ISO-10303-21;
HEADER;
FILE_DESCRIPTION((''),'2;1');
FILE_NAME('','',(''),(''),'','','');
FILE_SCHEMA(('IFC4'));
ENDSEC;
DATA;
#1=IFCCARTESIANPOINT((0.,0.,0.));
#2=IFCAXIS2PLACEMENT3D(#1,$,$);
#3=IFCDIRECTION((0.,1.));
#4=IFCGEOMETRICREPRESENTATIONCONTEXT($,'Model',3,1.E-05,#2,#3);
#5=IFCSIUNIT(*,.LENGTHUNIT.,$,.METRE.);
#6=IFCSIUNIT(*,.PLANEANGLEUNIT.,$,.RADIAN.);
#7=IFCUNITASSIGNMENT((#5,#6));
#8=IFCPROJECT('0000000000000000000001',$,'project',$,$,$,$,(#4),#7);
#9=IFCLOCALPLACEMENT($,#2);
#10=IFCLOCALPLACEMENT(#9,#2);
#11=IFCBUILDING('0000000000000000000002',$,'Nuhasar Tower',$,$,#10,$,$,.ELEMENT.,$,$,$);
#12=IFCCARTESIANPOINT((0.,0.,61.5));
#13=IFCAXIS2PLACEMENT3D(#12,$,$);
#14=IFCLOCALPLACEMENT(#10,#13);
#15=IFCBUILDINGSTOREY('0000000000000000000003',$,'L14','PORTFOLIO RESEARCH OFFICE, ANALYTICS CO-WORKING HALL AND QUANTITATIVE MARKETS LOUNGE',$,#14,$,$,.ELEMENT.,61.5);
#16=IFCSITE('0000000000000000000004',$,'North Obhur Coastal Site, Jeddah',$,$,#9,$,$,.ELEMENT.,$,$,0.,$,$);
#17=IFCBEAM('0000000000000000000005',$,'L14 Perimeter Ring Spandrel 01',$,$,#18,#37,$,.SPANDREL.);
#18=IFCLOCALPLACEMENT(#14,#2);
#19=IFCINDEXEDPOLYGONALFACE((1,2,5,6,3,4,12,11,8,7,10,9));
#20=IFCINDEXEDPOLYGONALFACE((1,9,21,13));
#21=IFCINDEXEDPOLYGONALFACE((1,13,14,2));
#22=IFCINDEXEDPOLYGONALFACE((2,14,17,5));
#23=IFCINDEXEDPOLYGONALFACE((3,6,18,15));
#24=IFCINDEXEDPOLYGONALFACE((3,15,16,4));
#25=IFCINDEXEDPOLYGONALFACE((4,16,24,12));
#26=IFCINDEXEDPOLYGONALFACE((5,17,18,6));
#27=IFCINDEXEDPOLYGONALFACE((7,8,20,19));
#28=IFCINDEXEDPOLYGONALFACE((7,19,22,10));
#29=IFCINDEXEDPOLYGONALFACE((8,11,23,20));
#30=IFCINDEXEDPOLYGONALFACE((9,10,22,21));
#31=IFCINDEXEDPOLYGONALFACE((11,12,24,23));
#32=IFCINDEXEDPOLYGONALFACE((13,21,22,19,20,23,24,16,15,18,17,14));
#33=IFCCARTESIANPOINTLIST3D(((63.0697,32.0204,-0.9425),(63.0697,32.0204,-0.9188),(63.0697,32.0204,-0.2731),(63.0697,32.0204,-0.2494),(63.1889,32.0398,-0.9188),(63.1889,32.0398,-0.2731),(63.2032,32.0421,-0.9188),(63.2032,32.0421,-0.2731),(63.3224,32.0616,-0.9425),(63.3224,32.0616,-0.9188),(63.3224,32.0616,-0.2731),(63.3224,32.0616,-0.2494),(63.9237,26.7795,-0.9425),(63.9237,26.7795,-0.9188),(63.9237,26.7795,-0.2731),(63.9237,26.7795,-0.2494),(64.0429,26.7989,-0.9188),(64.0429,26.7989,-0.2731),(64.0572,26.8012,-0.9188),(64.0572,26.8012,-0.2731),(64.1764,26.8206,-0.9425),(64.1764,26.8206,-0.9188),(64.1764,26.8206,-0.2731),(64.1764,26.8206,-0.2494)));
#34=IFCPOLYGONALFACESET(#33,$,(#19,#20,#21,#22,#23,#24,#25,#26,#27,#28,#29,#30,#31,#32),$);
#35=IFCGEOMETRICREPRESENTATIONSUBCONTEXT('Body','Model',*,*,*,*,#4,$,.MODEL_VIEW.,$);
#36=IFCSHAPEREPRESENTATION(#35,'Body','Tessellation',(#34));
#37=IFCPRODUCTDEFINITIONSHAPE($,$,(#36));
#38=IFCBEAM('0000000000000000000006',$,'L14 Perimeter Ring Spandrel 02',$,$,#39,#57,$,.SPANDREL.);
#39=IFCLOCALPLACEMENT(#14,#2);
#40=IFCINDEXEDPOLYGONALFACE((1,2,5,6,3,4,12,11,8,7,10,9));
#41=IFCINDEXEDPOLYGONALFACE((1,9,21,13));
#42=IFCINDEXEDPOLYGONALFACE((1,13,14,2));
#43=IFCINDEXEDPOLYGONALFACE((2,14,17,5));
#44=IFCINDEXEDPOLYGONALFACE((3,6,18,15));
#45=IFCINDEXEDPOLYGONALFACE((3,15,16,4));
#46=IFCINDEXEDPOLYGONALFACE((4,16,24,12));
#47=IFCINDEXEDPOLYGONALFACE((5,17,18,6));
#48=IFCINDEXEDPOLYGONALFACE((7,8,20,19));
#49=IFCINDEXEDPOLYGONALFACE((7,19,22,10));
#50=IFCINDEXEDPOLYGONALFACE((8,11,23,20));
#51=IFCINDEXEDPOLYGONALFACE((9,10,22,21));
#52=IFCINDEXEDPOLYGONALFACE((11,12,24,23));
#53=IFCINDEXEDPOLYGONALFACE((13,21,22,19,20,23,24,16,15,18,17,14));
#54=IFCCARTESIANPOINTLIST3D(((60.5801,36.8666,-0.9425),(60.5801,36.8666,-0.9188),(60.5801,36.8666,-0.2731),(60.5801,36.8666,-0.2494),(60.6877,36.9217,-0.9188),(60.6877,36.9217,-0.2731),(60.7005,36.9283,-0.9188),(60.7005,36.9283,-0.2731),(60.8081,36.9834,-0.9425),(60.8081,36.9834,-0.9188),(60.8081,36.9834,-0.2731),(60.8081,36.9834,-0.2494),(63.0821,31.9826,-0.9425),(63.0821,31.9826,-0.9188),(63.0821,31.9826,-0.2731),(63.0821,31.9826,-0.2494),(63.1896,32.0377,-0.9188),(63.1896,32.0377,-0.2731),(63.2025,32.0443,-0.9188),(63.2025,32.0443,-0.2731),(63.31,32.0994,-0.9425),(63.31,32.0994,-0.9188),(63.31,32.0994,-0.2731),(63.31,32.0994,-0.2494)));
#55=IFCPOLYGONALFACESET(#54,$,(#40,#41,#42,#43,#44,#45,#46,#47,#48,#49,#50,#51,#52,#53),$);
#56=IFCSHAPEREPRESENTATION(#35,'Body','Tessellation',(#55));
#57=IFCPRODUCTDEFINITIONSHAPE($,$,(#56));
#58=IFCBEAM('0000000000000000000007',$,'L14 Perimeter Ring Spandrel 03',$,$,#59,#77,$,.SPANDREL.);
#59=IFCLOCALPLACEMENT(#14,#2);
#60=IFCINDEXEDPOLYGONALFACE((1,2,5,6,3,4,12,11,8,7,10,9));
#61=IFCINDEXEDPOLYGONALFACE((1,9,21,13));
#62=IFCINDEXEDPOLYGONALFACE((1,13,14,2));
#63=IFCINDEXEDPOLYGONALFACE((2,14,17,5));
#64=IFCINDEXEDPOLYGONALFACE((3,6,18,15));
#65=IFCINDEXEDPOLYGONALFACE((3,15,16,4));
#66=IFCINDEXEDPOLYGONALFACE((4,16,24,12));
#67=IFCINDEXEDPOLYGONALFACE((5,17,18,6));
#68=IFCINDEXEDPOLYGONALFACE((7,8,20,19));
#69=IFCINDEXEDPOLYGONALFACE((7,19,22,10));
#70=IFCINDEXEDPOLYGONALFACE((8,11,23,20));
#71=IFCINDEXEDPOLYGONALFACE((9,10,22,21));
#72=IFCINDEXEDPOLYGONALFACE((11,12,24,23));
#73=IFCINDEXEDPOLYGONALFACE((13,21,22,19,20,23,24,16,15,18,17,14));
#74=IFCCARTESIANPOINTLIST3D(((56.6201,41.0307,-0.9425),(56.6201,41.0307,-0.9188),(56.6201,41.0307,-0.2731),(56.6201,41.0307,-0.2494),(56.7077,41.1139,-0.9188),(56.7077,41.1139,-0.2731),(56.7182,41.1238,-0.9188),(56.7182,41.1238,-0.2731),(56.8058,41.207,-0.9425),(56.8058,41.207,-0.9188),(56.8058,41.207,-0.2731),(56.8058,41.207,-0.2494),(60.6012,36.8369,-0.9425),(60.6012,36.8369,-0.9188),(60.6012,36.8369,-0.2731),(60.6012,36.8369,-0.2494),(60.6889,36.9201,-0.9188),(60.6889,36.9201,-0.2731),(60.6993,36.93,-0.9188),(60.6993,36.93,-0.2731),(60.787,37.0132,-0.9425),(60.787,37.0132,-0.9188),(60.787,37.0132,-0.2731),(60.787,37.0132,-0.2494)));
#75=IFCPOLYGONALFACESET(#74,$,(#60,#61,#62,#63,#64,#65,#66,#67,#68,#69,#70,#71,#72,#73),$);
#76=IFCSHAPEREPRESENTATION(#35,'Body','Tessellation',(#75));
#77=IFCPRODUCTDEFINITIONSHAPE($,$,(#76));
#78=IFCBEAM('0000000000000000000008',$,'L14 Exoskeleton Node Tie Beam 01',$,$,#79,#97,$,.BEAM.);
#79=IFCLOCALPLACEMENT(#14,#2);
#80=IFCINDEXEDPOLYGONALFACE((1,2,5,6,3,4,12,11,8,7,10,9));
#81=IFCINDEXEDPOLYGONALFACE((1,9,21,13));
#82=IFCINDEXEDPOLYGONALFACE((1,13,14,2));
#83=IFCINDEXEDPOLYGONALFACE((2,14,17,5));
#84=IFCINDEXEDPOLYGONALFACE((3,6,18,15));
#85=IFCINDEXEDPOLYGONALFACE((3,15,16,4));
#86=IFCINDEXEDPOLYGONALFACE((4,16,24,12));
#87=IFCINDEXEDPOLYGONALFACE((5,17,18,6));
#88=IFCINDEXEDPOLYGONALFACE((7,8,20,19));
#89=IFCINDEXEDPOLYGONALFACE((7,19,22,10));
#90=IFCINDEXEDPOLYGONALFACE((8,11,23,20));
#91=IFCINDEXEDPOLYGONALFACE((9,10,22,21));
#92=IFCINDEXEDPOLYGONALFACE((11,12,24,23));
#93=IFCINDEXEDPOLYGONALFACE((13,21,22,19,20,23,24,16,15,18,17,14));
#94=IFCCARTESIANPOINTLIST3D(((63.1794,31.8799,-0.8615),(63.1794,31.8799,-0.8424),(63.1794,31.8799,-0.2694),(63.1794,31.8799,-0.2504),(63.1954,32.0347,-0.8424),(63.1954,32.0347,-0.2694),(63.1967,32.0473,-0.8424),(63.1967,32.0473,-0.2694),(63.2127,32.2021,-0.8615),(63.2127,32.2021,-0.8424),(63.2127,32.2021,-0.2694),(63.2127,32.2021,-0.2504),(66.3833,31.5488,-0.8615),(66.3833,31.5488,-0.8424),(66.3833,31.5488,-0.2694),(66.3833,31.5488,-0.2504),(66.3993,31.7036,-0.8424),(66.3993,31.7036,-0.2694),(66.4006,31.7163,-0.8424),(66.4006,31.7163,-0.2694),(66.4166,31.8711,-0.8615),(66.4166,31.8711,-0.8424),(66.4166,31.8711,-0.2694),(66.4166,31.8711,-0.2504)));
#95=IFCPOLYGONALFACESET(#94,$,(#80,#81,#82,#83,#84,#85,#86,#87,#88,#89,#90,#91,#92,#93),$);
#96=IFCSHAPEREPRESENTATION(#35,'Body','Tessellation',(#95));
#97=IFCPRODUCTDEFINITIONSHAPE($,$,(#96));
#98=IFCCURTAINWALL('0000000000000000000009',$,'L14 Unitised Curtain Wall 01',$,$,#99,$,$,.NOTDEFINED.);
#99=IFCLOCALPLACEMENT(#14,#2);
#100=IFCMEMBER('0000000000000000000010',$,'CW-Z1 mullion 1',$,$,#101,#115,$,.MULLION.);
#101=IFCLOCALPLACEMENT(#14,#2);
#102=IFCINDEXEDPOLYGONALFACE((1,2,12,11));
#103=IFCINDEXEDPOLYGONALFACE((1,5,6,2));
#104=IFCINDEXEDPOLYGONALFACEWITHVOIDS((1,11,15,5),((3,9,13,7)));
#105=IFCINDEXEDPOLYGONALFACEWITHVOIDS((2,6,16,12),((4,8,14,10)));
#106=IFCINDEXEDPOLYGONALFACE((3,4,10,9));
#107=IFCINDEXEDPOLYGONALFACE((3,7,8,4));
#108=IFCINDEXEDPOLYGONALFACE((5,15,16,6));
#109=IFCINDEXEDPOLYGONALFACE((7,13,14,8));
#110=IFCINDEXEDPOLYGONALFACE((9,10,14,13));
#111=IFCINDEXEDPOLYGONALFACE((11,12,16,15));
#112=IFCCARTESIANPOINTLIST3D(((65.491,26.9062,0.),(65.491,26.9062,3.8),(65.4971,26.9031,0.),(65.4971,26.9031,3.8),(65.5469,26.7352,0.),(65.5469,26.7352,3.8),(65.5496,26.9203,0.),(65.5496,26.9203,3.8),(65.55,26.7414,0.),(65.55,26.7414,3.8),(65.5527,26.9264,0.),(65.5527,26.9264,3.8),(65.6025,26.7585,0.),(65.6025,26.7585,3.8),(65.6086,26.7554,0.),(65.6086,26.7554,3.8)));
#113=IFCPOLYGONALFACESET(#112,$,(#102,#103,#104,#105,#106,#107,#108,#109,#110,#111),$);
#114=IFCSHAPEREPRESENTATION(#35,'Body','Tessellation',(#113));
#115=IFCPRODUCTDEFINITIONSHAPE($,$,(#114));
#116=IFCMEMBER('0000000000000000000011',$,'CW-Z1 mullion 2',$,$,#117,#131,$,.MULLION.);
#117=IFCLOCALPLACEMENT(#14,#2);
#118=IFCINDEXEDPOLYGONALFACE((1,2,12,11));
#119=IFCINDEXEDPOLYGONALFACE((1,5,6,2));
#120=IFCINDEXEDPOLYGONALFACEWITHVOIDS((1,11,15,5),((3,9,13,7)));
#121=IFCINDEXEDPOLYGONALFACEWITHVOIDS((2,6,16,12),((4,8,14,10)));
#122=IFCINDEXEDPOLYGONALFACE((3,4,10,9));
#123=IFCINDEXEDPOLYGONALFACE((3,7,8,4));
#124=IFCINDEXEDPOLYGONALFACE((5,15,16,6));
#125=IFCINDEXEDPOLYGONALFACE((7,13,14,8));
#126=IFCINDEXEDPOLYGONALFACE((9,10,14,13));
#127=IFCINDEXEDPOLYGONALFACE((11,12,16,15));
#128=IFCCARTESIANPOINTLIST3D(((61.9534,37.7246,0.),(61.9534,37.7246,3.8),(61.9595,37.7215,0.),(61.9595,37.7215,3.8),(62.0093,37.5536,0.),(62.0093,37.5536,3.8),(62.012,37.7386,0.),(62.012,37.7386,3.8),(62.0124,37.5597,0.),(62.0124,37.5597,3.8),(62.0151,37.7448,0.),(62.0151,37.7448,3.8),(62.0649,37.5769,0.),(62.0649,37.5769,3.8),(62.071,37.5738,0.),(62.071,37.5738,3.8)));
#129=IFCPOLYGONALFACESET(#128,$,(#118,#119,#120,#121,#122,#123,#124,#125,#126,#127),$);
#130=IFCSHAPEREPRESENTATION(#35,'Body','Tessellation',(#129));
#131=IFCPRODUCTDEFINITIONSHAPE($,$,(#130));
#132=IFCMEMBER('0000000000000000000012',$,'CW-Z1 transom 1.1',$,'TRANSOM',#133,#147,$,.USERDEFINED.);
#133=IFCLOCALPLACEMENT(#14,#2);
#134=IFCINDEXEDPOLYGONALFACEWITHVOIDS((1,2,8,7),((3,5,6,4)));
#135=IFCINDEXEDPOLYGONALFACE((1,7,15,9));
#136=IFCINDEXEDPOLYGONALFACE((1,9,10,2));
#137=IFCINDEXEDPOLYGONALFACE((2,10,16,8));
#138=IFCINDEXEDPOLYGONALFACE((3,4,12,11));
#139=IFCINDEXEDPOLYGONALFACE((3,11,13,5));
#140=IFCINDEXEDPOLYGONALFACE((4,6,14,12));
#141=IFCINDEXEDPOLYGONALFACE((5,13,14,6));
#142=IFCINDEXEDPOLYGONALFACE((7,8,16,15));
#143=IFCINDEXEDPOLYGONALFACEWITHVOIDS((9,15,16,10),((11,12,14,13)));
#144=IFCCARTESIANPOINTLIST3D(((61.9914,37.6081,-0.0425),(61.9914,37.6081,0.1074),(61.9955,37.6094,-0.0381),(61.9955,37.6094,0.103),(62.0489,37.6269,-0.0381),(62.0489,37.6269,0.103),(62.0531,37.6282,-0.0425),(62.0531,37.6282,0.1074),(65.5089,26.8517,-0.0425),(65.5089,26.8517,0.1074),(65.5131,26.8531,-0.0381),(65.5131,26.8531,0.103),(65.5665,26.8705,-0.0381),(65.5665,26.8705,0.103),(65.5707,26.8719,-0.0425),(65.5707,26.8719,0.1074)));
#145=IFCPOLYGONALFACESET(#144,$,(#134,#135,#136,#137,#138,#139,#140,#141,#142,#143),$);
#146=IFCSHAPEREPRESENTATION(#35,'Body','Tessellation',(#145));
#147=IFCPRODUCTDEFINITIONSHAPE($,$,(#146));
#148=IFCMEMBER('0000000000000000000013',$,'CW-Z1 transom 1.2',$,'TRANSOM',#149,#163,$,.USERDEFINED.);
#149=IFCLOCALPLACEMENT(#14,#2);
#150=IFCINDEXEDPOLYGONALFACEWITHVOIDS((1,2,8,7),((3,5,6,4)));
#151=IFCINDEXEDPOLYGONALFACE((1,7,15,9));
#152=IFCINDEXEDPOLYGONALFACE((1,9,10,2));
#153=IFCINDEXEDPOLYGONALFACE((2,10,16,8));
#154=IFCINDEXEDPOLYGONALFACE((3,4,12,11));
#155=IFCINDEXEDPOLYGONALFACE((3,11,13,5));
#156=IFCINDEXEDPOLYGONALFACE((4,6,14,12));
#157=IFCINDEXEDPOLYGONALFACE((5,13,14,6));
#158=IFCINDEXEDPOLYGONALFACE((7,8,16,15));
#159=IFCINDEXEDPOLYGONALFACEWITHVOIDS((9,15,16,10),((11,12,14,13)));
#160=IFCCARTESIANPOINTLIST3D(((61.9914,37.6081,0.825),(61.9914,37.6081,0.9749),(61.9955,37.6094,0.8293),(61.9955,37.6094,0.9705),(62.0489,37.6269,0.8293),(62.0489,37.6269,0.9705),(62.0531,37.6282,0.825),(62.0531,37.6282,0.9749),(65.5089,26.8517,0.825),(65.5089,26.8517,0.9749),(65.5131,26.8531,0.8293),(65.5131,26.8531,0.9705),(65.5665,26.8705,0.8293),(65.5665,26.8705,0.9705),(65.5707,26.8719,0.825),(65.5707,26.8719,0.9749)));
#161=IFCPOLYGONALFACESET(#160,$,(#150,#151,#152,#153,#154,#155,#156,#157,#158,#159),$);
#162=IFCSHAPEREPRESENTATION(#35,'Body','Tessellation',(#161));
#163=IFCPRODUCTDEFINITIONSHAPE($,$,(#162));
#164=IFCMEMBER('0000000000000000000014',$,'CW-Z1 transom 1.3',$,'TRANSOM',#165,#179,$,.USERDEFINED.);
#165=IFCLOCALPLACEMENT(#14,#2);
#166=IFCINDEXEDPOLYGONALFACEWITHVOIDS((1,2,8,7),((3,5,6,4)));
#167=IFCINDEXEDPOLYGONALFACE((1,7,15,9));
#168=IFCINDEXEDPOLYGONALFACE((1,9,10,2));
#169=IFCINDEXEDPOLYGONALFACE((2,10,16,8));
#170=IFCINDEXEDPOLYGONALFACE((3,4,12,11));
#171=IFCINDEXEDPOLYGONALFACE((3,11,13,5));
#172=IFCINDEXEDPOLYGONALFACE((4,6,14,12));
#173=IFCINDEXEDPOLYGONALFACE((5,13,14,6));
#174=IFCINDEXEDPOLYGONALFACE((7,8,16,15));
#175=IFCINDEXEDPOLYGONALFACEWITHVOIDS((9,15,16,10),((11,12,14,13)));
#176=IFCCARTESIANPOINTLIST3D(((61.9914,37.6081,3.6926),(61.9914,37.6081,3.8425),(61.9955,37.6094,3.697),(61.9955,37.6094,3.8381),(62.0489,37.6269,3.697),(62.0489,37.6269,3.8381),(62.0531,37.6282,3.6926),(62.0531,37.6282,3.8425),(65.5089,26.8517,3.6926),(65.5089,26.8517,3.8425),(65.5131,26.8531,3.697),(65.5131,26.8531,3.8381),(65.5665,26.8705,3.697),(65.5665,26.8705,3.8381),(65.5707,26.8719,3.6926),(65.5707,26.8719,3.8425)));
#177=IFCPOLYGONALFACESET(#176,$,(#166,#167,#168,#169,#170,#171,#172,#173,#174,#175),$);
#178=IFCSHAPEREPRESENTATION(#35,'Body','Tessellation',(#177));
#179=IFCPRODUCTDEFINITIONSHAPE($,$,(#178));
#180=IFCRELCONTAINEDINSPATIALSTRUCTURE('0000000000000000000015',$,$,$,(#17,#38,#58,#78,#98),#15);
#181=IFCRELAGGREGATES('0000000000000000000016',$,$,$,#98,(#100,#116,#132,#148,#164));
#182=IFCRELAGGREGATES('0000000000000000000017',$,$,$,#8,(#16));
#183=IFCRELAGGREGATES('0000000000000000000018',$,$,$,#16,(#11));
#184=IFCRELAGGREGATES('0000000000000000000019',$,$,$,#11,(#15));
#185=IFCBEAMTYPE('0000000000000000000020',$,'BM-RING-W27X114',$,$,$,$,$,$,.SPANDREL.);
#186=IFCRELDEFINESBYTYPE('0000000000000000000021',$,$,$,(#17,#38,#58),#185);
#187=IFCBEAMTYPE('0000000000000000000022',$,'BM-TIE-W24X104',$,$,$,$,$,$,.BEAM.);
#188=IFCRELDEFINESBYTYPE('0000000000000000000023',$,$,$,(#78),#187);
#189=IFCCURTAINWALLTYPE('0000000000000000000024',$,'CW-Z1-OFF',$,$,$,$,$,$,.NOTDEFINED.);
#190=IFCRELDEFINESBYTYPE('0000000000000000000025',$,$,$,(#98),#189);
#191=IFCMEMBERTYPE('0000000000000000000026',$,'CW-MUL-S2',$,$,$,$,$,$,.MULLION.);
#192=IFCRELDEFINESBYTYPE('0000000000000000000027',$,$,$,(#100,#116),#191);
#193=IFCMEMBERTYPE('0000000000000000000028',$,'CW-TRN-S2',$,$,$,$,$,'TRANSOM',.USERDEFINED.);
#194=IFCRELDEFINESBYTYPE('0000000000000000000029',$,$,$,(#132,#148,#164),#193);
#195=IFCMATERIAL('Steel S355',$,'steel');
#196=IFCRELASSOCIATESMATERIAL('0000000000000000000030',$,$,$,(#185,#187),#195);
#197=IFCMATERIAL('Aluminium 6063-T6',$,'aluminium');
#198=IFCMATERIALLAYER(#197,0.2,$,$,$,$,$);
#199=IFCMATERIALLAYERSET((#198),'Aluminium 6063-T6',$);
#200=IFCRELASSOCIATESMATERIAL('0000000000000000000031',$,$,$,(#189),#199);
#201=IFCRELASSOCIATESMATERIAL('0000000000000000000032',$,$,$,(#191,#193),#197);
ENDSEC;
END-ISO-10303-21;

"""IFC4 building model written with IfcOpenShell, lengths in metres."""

from ifc_helpers import new_model, si_unit, direction, frame, origin, origin_2d, place, context, subcontext, project, spatial, hollow_rectangle, i_section, extrude, material, layer, layer_set, material_profile, profile_set, type_object, element, aggregate, save


model = new_model("IFC4")

# Units and contexts
model_context = context("Model", 3, precision=1e-05, world=origin(), true_north=direction((0.0, 1.0)))
body_context = subcontext(model_context, "Body", "Model", "MODEL_VIEW")
ifc_project = project(units=[si_unit("LENGTHUNIT", "METRE"), si_unit("PLANEANGLEUNIT", "RADIAN")], contexts=[model_context])

# Site, building, storey
site_placement = place(None, origin())
site = spatial("IfcSite", under=ifc_project, at=site_placement, Name="North Obhur Coastal Site, Jeddah", CompositionType="ELEMENT", RefElevation=0.0)
building_placement = place(site_placement, origin())
building = spatial("IfcBuilding", under=site, at=building_placement, Name="Nuhasar Tower", CompositionType="ELEMENT")
storey_placement = place(building_placement, frame((0.0, 0.0, 61.5)))
storey = spatial("IfcBuildingStorey", under=building, at=storey_placement, Name="L14", Description="PORTFOLIO RESEARCH OFFICE, ANALYTICS CO-WORKING HALL AND QUANTITATIVE MARKETS LOUNGE", CompositionType="ELEMENT", Elevation=61.5)

# Beams
ifc_material_1 = material(Name="Steel S355", Category="steel")
ifc_material_profile_1 = material_profile(ifc_material_1, i_section(OverallWidth=0.2561, OverallDepth=0.6931, WebThickness=0.0144, FlangeThickness=0.0237, at=origin_2d()), Name="W27X114")
ifc_profile_set_1 = profile_set([ifc_material_profile_1], Name="Steel S355")
beam_type_1 = type_object("IfcBeamType", Name="BM-RING-W27X114", PredefinedType="SPANDREL", material=ifc_profile_set_1)
beam_1_placement = place(storey_placement, frame((64.05, 26.8, -0.5959), z_axis=(-0.160827, 0.986983, 0.0), x_axis=(-0.986983, -0.160827, 0.0)))
element("IfcBeam", 1, at=beam_1_placement, inside=storey, type_object=beam_type_1, Name="L14 Perimeter Ring Spandrel 01", PredefinedType="SPANDREL", context=body_context, shape_type="SweptSolid", body=[
    extrude(i_section(OverallWidth=0.2561, OverallDepth=0.6931, WebThickness=0.0144, FlangeThickness=0.0237, at=origin_2d()), origin(), (0.0, 0.0, 1.0), 5.3101),
])
beam_2_placement = place(storey_placement, frame((63.196, 32.041, -0.5959), z_axis=(-0.45593, 0.890016, 0.0), x_axis=(-0.890016, -0.45593, 0.0)))
element("IfcBeam", 2, at=beam_2_placement, inside=storey, type_object=beam_type_1, Name="L14 Perimeter Ring Spandrel 02", PredefinedType="SPANDREL", context=body_context, shape_type="SweptSolid", body=[
    extrude(i_section(OverallWidth=0.2561, OverallDepth=0.6931, WebThickness=0.0144, FlangeThickness=0.0237, at=origin_2d()), origin(), (0.0, 0.0, 1.0), 5.4875),
])
beam_3_placement = place(storey_placement, frame((60.6941, 36.925, -0.5959), z_axis=(-0.688481, 0.725254, 0.0), x_axis=(-0.725254, -0.688481, 0.0)))
element("IfcBeam", 3, at=beam_3_placement, inside=storey, type_object=beam_type_1, Name="L14 Perimeter Ring Spandrel 03", PredefinedType="SPANDREL", context=body_context, shape_type="SweptSolid", body=[
    extrude(i_section(OverallWidth=0.2561, OverallDepth=0.6931, WebThickness=0.0144, FlangeThickness=0.0237, at=origin_2d()), origin(), (0.0, 0.0, 1.0), 5.7825),
])
ifc_material_profile_2 = material_profile(ifc_material_1, i_section(OverallWidth=0.324, OverallDepth=0.6111, WebThickness=0.0127, FlangeThickness=0.019, at=origin_2d()), Name="W24X104")
ifc_profile_set_2 = profile_set([ifc_material_profile_2], Name="Steel S355")
beam_type_2 = type_object("IfcBeamType", Name="BM-TIE-W24X104", PredefinedType="BEAM", material=ifc_profile_set_2)
beam_4_placement = place(storey_placement, frame((63.196, 32.041, -0.5559), z_axis=(0.994704, -0.102783, 0.0), x_axis=(0.102783, 0.994704, 0.0)))
element("IfcBeam", 4, at=beam_4_placement, inside=storey, type_object=beam_type_2, Name="L14 Exoskeleton Node Tie Beam 01", PredefinedType="BEAM", context=body_context, shape_type="SweptSolid", body=[
    extrude(i_section(OverallWidth=0.324, OverallDepth=0.6111, WebThickness=0.0127, FlangeThickness=0.019, at=origin_2d()), origin(), (0.0, 0.0, 1.0), 3.2209),
])

# Curtain wall, members
ifc_material_2 = material(Name="Aluminium 6063-T6", Category="aluminium")
ifc_layer_1 = layer(ifc_material_2, 0.2)
ifc_layer_set_1 = layer_set([ifc_layer_1], Name="Aluminium 6063-T6")
curtain_wall_type = type_object("IfcCurtainWallType", Name="CW-Z1-OFF", PredefinedType="NOTDEFINED", material=ifc_layer_set_1)
curtain_wall_placement = place(storey_placement, origin())
curtain_wall = element("IfcCurtainWall", 5, at=curtain_wall_placement, inside=storey, type_object=curtain_wall_type, Name="L14 Unitised Curtain Wall 01", PredefinedType="NOTDEFINED")
ifc_material_profile_3 = material_profile(ifc_material_2, hollow_rectangle(XDim=0.0649, YDim=0.1799, WallThickness=0.0049, at=origin_2d()), Name="CWM-2")
ifc_profile_set_3 = profile_set([ifc_material_profile_3], Name="Aluminium 6063-T6")
member_type_1 = type_object("IfcMemberType", Name="CW-MUL-S2", PredefinedType="MULLION", material=ifc_profile_set_3)
member_1_placement = place(storey_placement, frame((65.5498, 26.8308, 0.0), z_axis=(0.0, 0.0, 1.0), x_axis=(-0.950468, -0.310824, 0.0)))
member_1 = element("IfcMember", 6, at=member_1_placement, type_object=member_type_1, Name="CW-Z1 mullion 1", PredefinedType="MULLION", context=body_context, shape_type="SweptSolid", body=[
    extrude(hollow_rectangle(XDim=0.0649, YDim=0.1799, WallThickness=0.0049, at=origin_2d()), origin(), (0.0, 0.0, 1.0), 3.8),
])
member_2_placement = place(storey_placement, frame((62.0122, 37.6492, 0.0), z_axis=(0.0, 0.0, 1.0), x_axis=(-0.950468, -0.310824, 0.0)))
member_2 = element("IfcMember", 7, at=member_2_placement, type_object=member_type_1, Name="CW-Z1 mullion 2", PredefinedType="MULLION", context=body_context, shape_type="SweptSolid", body=[
    extrude(hollow_rectangle(XDim=0.0649, YDim=0.1799, WallThickness=0.0049, at=origin_2d()), origin(), (0.0, 0.0, 1.0), 3.8),
])
ifc_material_profile_4 = material_profile(ifc_material_2, hollow_rectangle(XDim=0.0649, YDim=0.1499, WallThickness=0.0044, at=origin_2d()), Name="CWT-2")
ifc_profile_set_4 = profile_set([ifc_material_profile_4], Name="Aluminium 6063-T6")
member_type_2 = type_object("IfcMemberType", Name="CW-TRN-S2", ElementType="TRANSOM", PredefinedType="USERDEFINED", material=ifc_profile_set_4)
member_3_placement = place(storey_placement, frame((65.5398, 26.8618, 0.0325), z_axis=(-0.310825, 0.950467, 0.0), x_axis=(-0.950467, -0.310825, 0.0)))
member_3 = element("IfcMember", 8, at=member_3_placement, type_object=member_type_2, Name="CW-Z1 transom 1.1", ObjectType="TRANSOM", PredefinedType="USERDEFINED", context=body_context, shape_type="SweptSolid", body=[
    extrude(hollow_rectangle(XDim=0.0649, YDim=0.1499, WallThickness=0.0044, at=origin_2d()), origin(), (0.0, 0.0, 1.0), 11.3169),
])
member_4_placement = place(storey_placement, frame((65.5398, 26.8618, 0.8999), z_axis=(-0.310825, 0.950467, 0.0), x_axis=(-0.950467, -0.310825, 0.0)))
member_4 = element("IfcMember", 9, at=member_4_placement, type_object=member_type_2, Name="CW-Z1 transom 1.2", ObjectType="TRANSOM", PredefinedType="USERDEFINED", context=body_context, shape_type="SweptSolid", body=[
    extrude(hollow_rectangle(XDim=0.0649, YDim=0.1499, WallThickness=0.0044, at=origin_2d()), origin(), (0.0, 0.0, 1.0), 11.3169),
])
member_5_placement = place(storey_placement, frame((65.5398, 26.8618, 3.7676), z_axis=(-0.310825, 0.950467, 0.0), x_axis=(-0.950467, -0.310825, 0.0)))
member_5 = element("IfcMember", 10, at=member_5_placement, type_object=member_type_2, Name="CW-Z1 transom 1.3", ObjectType="TRANSOM", PredefinedType="USERDEFINED", context=body_context, shape_type="SweptSolid", body=[
    extrude(hollow_rectangle(XDim=0.0649, YDim=0.1499, WallThickness=0.0044, at=origin_2d()), origin(), (0.0, 0.0, 1.0), 11.3169),
])

aggregate(curtain_wall, [member_1, member_2, member_3, member_4, member_5])

save(model, "model.ifc")
